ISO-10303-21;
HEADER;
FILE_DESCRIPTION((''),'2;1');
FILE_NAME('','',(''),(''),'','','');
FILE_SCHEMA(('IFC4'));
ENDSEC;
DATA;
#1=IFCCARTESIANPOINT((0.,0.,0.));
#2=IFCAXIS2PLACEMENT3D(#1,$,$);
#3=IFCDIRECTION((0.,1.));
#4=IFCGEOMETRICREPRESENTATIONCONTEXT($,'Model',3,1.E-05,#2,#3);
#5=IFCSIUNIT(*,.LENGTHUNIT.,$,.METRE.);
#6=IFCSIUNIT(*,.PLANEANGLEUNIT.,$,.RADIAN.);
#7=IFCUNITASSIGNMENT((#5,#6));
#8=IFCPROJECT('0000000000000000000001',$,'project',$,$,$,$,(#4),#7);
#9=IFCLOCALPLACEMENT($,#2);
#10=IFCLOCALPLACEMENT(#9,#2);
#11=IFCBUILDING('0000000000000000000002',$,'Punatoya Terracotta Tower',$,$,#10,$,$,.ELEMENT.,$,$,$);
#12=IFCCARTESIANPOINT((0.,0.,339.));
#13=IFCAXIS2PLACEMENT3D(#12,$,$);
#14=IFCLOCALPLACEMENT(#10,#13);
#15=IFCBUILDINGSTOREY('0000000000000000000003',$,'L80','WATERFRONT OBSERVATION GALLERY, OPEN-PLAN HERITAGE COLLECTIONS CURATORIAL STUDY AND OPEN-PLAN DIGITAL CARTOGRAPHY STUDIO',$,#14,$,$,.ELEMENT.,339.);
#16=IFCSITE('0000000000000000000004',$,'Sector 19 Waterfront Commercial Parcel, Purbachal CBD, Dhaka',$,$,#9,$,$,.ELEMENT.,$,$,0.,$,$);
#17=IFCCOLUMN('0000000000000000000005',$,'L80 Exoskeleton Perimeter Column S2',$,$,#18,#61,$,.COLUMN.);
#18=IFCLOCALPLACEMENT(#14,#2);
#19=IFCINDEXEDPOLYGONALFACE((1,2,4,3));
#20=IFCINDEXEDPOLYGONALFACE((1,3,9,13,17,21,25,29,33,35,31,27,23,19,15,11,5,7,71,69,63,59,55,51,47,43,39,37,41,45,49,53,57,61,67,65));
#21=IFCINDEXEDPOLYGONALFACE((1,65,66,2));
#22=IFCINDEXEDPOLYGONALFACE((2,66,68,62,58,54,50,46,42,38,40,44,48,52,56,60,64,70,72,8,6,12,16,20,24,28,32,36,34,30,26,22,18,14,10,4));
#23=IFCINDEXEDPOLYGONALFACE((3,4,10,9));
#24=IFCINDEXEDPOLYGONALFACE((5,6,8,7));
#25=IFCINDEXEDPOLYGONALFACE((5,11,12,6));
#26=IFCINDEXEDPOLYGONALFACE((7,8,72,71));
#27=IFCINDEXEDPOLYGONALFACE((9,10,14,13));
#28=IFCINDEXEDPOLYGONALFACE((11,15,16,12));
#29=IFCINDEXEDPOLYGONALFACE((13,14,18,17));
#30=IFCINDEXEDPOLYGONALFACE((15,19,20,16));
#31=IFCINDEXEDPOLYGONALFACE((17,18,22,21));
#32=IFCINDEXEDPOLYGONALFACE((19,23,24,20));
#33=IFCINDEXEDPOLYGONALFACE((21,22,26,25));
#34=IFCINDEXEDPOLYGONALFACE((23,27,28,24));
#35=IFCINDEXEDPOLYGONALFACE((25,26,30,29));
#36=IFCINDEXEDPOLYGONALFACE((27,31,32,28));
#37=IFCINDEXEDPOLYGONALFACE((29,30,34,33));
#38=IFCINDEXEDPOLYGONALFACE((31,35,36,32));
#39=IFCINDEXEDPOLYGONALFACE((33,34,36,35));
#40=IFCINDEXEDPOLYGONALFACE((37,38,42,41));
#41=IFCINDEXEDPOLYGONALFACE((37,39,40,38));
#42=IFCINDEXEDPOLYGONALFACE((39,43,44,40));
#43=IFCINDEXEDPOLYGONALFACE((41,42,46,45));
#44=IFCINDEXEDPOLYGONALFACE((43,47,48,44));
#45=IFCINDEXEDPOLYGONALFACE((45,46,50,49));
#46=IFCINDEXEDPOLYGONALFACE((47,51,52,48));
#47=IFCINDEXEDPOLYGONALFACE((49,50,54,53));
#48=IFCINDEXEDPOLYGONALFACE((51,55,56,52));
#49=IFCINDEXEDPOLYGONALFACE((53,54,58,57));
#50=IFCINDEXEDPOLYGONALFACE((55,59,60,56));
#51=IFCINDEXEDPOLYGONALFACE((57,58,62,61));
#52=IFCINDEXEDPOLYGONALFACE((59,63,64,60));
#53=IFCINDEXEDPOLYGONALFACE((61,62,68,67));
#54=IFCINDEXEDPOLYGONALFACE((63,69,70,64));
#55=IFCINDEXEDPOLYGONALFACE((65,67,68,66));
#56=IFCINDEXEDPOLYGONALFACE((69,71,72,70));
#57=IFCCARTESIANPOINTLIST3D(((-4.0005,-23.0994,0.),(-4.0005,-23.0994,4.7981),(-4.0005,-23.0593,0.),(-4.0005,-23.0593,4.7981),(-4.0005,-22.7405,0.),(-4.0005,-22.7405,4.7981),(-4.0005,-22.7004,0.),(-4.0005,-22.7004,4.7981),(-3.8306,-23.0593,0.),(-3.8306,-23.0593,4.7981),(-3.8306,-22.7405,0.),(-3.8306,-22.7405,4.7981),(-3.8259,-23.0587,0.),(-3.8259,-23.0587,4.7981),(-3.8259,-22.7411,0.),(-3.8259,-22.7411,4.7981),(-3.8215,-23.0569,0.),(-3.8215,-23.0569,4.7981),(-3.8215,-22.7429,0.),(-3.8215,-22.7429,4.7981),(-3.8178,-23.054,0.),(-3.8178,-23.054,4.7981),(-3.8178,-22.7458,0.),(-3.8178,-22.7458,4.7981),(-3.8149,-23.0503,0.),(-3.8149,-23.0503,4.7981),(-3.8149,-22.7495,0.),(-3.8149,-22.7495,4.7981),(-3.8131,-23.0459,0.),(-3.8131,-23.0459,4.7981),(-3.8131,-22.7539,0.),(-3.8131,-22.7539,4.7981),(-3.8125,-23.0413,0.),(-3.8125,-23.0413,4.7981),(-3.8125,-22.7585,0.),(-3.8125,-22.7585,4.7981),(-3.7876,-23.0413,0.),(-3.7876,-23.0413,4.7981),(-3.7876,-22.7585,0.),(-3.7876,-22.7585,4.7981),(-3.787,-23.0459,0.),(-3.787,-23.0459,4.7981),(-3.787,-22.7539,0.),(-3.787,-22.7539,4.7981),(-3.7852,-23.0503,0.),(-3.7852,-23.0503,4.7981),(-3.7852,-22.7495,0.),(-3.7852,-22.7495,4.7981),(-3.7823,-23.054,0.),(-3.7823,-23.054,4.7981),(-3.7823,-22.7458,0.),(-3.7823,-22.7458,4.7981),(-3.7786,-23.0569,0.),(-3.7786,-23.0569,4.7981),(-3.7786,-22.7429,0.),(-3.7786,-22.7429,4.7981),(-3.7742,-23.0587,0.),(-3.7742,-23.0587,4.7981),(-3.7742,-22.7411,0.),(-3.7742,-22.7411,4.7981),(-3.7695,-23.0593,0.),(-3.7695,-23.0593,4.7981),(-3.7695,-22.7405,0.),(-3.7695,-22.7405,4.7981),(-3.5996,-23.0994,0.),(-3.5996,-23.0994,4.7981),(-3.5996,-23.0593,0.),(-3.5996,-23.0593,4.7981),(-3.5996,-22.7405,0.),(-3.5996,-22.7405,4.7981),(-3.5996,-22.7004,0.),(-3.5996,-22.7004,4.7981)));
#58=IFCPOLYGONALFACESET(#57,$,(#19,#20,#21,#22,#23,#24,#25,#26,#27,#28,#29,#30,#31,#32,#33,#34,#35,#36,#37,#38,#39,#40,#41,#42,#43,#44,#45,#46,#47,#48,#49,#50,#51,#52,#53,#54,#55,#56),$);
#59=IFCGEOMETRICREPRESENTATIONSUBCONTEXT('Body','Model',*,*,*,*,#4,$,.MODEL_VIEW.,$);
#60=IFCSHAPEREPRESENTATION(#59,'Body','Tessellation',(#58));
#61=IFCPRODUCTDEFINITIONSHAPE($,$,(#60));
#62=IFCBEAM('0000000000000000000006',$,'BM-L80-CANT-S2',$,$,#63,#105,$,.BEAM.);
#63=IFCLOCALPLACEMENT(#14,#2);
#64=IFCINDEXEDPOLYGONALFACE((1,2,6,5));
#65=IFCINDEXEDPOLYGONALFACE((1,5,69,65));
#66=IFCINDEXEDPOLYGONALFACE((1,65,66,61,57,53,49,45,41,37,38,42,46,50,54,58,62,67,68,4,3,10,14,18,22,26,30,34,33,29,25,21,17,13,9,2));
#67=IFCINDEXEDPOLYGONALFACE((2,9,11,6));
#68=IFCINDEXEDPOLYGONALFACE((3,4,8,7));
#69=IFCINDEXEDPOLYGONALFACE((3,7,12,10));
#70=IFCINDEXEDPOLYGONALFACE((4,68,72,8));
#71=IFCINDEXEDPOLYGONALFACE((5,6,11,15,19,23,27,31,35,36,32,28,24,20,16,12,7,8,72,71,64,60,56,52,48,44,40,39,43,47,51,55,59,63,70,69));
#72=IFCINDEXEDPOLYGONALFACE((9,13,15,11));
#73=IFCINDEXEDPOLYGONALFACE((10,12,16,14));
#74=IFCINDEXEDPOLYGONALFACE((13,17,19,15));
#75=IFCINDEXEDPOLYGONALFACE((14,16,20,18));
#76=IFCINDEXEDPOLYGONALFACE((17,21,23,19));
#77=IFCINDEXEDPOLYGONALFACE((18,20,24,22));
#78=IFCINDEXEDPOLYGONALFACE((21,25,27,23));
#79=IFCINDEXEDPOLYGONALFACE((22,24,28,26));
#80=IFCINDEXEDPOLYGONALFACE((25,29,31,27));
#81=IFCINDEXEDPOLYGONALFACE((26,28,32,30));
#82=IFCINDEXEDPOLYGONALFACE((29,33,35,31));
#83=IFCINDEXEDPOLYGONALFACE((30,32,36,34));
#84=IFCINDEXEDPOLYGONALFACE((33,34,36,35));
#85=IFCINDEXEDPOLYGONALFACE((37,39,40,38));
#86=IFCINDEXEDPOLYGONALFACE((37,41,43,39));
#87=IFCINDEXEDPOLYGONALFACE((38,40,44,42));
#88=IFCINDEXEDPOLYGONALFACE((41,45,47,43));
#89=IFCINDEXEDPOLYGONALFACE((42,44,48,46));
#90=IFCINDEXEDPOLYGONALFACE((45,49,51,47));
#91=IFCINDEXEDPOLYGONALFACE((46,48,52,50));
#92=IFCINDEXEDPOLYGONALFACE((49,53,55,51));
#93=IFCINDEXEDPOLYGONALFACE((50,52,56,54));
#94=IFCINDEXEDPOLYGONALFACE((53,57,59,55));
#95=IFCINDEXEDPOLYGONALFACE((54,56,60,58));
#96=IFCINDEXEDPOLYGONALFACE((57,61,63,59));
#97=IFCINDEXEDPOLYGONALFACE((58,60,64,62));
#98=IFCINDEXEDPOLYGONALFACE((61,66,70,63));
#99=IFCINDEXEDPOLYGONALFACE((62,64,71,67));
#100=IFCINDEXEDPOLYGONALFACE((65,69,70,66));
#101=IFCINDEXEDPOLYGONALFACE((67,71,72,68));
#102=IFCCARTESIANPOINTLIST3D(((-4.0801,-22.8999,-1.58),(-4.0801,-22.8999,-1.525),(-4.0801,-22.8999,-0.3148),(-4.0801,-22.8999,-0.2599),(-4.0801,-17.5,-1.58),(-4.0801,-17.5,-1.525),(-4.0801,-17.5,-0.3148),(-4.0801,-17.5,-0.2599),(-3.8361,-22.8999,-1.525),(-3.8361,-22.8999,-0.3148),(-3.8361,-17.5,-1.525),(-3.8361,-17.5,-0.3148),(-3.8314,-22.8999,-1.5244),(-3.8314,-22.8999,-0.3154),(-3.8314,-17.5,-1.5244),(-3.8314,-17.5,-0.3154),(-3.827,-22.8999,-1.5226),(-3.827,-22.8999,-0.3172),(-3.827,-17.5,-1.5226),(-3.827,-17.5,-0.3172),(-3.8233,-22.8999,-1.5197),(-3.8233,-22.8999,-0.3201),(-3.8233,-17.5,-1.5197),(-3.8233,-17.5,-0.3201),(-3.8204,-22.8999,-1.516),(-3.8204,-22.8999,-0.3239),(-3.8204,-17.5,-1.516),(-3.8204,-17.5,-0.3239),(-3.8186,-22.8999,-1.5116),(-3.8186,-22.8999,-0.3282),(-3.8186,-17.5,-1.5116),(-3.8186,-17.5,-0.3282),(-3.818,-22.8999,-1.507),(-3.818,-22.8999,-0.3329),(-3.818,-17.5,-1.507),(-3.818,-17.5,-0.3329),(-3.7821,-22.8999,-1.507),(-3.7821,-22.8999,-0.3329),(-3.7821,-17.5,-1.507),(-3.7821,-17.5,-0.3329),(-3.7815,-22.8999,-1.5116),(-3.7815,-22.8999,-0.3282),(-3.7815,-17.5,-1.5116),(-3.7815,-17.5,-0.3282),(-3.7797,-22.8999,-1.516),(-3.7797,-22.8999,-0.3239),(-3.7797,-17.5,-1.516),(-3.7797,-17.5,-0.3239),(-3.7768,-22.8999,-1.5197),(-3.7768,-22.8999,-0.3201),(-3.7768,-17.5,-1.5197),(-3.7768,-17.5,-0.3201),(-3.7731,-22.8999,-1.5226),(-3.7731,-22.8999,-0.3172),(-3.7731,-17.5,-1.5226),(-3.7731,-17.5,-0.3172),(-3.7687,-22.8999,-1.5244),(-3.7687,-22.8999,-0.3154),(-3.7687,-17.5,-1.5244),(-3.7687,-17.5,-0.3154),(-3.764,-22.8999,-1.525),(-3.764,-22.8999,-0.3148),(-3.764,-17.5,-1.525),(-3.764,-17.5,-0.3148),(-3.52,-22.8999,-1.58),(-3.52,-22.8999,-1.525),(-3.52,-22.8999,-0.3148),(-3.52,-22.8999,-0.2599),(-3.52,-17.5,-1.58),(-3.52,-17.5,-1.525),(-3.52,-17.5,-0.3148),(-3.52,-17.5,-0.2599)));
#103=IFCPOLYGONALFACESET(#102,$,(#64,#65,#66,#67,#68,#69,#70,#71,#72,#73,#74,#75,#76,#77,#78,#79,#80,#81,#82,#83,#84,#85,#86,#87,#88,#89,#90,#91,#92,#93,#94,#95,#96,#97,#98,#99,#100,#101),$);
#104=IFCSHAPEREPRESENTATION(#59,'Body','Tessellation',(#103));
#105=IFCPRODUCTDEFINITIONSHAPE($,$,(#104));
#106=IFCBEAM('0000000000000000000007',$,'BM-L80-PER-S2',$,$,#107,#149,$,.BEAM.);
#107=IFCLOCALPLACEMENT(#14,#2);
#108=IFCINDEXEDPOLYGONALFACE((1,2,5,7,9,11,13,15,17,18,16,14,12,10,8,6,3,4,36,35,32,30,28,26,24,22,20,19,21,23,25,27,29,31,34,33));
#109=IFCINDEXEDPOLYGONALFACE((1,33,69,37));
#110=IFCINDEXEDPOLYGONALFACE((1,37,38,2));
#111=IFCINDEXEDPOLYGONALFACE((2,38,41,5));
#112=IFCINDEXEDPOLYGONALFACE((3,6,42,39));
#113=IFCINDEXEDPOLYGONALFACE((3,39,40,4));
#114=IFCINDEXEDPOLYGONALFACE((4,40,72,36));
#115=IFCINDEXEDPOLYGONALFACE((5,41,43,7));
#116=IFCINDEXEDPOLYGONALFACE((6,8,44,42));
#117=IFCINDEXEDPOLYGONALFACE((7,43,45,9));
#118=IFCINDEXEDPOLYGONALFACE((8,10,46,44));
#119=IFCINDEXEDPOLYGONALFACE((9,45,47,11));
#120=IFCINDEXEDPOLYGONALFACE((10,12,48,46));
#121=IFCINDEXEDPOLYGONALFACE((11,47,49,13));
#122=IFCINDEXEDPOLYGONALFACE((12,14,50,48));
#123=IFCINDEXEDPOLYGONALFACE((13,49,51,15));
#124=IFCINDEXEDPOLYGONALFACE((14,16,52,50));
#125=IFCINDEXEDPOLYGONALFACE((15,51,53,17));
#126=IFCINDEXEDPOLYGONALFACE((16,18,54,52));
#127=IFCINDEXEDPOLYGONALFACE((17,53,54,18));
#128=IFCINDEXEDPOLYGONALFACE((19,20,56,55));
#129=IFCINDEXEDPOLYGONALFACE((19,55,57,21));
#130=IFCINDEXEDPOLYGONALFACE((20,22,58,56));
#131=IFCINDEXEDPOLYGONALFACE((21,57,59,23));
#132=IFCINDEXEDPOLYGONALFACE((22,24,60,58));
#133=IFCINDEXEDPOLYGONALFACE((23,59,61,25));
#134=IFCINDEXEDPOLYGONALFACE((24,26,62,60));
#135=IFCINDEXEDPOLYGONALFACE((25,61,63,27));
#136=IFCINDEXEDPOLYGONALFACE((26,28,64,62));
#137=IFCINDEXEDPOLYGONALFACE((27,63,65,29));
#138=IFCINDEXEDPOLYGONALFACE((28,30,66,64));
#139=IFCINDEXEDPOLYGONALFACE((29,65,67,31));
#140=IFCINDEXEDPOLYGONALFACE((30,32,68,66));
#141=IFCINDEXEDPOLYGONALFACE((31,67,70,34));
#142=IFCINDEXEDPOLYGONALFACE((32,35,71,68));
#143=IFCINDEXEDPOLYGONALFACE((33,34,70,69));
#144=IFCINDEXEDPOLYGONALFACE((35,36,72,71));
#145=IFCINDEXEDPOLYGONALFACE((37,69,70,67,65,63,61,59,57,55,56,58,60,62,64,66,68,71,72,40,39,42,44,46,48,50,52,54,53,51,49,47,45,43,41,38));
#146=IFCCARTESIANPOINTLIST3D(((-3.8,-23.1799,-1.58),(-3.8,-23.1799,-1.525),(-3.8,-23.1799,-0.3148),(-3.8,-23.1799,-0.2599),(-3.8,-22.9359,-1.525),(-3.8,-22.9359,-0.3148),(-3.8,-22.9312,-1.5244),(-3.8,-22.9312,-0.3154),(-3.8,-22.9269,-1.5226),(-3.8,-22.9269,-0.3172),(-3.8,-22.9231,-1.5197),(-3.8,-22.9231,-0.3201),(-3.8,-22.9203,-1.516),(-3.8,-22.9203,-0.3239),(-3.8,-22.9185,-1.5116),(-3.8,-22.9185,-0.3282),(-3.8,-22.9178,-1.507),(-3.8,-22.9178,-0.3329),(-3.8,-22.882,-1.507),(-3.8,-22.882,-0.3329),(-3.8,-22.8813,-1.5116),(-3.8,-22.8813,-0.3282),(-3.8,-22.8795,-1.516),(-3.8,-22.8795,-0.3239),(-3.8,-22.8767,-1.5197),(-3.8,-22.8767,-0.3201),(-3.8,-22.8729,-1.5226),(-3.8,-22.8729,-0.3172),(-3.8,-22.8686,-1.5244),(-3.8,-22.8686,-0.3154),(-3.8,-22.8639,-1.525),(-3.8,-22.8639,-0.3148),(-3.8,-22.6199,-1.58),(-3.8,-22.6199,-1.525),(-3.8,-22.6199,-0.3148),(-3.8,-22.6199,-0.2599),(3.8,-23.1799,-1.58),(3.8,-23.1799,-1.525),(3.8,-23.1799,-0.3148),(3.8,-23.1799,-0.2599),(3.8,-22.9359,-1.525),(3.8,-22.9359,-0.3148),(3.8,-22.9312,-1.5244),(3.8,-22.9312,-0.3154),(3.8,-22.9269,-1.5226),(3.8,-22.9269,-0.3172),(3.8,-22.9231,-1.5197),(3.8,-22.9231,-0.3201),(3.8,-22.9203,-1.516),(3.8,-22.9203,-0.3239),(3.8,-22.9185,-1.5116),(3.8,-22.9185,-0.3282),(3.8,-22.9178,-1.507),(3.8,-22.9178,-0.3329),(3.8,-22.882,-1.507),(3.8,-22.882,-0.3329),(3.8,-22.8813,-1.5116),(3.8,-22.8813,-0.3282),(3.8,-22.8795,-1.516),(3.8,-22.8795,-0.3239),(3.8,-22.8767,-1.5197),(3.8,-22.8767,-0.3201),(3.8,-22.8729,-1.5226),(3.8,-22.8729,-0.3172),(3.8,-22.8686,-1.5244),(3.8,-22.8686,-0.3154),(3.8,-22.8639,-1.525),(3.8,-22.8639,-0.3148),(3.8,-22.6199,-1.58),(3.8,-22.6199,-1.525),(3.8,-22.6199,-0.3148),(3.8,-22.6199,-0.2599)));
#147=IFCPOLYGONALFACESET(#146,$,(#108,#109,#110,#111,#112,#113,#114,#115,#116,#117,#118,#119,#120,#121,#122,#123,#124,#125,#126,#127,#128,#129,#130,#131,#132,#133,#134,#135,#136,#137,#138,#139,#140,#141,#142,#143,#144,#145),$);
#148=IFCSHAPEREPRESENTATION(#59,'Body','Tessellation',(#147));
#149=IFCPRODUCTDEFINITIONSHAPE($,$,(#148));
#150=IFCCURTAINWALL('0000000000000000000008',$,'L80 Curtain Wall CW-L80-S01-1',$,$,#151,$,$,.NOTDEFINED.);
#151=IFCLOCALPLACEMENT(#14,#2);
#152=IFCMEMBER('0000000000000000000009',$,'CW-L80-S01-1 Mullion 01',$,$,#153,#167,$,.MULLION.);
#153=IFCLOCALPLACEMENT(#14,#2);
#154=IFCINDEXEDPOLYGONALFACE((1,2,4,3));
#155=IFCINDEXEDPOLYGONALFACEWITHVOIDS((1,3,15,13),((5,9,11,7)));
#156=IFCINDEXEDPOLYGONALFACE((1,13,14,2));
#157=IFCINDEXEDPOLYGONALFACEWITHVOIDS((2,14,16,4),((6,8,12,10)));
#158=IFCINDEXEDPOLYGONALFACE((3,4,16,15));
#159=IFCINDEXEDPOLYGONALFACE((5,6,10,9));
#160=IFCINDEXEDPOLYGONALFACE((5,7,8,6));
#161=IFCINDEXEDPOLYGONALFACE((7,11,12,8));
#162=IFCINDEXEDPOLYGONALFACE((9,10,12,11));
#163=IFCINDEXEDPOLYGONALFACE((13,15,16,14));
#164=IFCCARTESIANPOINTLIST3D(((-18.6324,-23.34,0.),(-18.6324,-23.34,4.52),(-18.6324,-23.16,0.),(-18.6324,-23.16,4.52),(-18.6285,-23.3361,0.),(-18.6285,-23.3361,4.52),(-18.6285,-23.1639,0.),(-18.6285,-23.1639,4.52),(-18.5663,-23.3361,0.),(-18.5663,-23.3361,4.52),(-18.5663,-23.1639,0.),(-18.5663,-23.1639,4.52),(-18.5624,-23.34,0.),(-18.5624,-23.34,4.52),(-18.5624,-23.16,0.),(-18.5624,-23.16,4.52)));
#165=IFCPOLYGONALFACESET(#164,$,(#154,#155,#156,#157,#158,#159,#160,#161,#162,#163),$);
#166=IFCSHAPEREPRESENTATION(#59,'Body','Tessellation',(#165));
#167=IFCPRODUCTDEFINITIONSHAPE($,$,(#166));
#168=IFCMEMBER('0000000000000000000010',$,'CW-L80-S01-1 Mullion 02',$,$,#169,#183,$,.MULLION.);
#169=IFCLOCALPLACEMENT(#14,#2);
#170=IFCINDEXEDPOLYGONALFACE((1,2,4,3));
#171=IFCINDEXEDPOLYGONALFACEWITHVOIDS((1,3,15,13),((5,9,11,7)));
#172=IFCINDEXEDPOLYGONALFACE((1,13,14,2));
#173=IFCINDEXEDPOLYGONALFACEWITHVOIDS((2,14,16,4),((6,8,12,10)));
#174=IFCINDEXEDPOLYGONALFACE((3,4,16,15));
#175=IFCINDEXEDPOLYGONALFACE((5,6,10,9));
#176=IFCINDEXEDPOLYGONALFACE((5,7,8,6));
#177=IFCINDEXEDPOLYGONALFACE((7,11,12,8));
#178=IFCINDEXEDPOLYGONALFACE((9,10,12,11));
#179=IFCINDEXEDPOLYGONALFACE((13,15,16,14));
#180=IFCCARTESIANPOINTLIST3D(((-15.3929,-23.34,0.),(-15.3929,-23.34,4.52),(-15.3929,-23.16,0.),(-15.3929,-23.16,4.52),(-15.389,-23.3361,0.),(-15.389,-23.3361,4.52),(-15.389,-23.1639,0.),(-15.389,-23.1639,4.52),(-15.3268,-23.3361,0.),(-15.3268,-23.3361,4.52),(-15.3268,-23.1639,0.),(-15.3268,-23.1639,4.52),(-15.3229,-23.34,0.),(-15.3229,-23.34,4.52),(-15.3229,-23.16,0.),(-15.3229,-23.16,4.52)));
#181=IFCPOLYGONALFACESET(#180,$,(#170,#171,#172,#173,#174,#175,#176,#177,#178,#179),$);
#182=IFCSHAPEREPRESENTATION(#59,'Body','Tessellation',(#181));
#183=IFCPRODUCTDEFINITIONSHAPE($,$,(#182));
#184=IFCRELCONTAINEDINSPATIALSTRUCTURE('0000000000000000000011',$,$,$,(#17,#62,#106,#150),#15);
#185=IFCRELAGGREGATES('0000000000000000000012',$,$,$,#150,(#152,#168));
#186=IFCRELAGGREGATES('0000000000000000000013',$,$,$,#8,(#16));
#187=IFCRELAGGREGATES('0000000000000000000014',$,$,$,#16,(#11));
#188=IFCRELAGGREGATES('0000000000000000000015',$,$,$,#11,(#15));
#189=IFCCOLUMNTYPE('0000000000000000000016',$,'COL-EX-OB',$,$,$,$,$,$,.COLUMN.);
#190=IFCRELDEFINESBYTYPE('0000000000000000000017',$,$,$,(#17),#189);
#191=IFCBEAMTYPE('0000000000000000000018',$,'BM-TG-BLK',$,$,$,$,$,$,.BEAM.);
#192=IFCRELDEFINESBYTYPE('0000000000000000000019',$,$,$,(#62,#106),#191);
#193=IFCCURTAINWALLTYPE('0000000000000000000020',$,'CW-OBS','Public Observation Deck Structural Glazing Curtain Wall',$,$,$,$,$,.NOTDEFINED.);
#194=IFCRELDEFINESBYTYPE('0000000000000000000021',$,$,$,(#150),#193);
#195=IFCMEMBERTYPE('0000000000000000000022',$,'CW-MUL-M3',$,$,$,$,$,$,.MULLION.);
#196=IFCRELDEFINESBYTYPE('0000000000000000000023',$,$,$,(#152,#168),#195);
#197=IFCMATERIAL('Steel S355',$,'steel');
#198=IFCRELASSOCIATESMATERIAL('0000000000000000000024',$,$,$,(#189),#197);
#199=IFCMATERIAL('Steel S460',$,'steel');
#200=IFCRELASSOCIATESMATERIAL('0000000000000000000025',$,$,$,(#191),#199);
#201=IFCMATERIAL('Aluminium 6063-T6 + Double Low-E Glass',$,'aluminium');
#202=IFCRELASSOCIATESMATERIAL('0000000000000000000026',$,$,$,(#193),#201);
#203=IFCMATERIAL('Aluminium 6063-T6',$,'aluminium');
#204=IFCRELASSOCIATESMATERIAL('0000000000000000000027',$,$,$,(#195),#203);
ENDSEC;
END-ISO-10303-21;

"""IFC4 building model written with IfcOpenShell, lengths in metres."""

from ifc_helpers import new_model, si_unit, direction, frame, origin, origin_2d, place, context, subcontext, project, spatial, hollow_rectangle, i_section, extrude, material, material_profile, profile_set, type_object, element, aggregate, save


model = new_model("IFC4")

# Units and contexts
model_context = context("Model", 3, precision=1e-05, world=origin(), true_north=direction((0.0, 1.0)))
body_context = subcontext(model_context, "Body", "Model", "MODEL_VIEW")
ifc_project = project(units=[si_unit("LENGTHUNIT", "METRE"), si_unit("PLANEANGLEUNIT", "RADIAN")], contexts=[model_context])

# Site, building, storey
site_placement = place(None, origin())
site = spatial("IfcSite", under=ifc_project, at=site_placement, Name="Sector 19 Waterfront Commercial Parcel, Purbachal CBD, Dhaka", CompositionType="ELEMENT", RefElevation=0.0)
building_placement = place(site_placement, origin())
building = spatial("IfcBuilding", under=site, at=building_placement, Name="Punatoya Terracotta Tower", CompositionType="ELEMENT")
storey_placement = place(building_placement, frame((0.0, 0.0, 339.0)))
storey = spatial("IfcBuildingStorey", under=building, at=storey_placement, Name="L80", Description="WATERFRONT OBSERVATION GALLERY, OPEN-PLAN HERITAGE COLLECTIONS CURATORIAL STUDY AND OPEN-PLAN DIGITAL CARTOGRAPHY STUDIO", CompositionType="ELEMENT", Elevation=339.0)

# Column
ifc_material_1 = material(Name="Steel S355", Category="steel")
ifc_material_profile_1 = material_profile(ifc_material_1, i_section(OverallWidth=0.4009, OverallDepth=0.3989, WebThickness=0.0249, FlangeThickness=0.04, FilletRadius=0.0181, at=origin_2d()))
ifc_profile_set_1 = profile_set([ifc_material_profile_1], Name="Steel S355")
column_type = type_object("IfcColumnType", Name="COL-EX-OB", PredefinedType="COLUMN", material=ifc_profile_set_1)
column_placement = place(storey_placement, frame((-3.8, -22.8999, 0.0), z_axis=(0.0, 0.0, 1.0), x_axis=(1.0, 0.0, 0.0)))
element("IfcColumn", 1, at=column_placement, inside=storey, type_object=column_type, Name="L80 Exoskeleton Perimeter Column S2", PredefinedType="COLUMN", context=body_context, shape_type="SweptSolid", body=[
    extrude(i_section(OverallWidth=0.4009, OverallDepth=0.3989, WebThickness=0.0249, FlangeThickness=0.04, FilletRadius=0.0181, at=origin_2d()), origin(), (0.0, 0.0, 1.0), 4.7981),
])

# Beams
ifc_material_2 = material(Name="Steel S460", Category="steel")
ifc_material_profile_2 = material_profile(ifc_material_2, i_section(OverallWidth=0.5601, OverallDepth=1.3201, WebThickness=0.0359, FlangeThickness=0.0549, FilletRadius=0.0181, at=origin_2d()))
ifc_profile_set_2 = profile_set([ifc_material_profile_2], Name="Steel S460")
beam_type = type_object("IfcBeamType", Name="BM-TG-BLK", PredefinedType="BEAM", material=ifc_profile_set_2)
beam_1_placement = place(storey_placement, frame((-3.8, -22.8999, -0.9199), z_axis=(0.0, 1.0, 0.0), x_axis=(-1.0, 0.0, 0.0)))
element("IfcBeam", 2, at=beam_1_placement, inside=storey, type_object=beam_type, Name="BM-L80-CANT-S2", PredefinedType="BEAM", context=body_context, shape_type="SweptSolid", body=[
    extrude(i_section(OverallWidth=0.5601, OverallDepth=1.3201, WebThickness=0.0359, FlangeThickness=0.0549, FilletRadius=0.0181, at=origin_2d()), origin(), (0.0, 0.0, 1.0), 5.3999),
])
beam_2_placement = place(storey_placement, frame((-3.8, -22.8999, -0.9199), z_axis=(1.0, 0.0, 0.0), x_axis=(0.0, 1.0, 0.0)))
element("IfcBeam", 3, at=beam_2_placement, inside=storey, type_object=beam_type, Name="BM-L80-PER-S2", PredefinedType="BEAM", context=body_context, shape_type="SweptSolid", body=[
    extrude(i_section(OverallWidth=0.5601, OverallDepth=1.3201, WebThickness=0.0359, FlangeThickness=0.0549, FilletRadius=0.0181, at=origin_2d()), origin(), (0.0, 0.0, 1.0), 7.6001),
])

# Curtain wall, members
ifc_material_3 = material(Name="Aluminium 6063-T6 + Double Low-E Glass", Category="aluminium")
curtain_wall_type = type_object("IfcCurtainWallType", Name="CW-OBS", Description="Public Observation Deck Structural Glazing Curtain Wall", PredefinedType="NOTDEFINED", material=ifc_material_3)
curtain_wall_placement = place(storey_placement, origin())
curtain_wall = element("IfcCurtainWall", 4, at=curtain_wall_placement, inside=storey, type_object=curtain_wall_type, Name="L80 Curtain Wall CW-L80-S01-1", PredefinedType="NOTDEFINED")
ifc_material_4 = material(Name="Aluminium 6063-T6", Category="aluminium")
ifc_material_profile_3 = material_profile(ifc_material_4, hollow_rectangle(XDim=0.0701, YDim=0.1799, WallThickness=0.0039, at=origin_2d()))
ifc_profile_set_3 = profile_set([ifc_material_profile_3], Name="Aluminium 6063-T6")
member_type_1 = type_object("IfcMemberType", Name="CW-MUL-M3", PredefinedType="MULLION", material=ifc_profile_set_3)
member_1_placement = place(storey_placement, frame((-18.5974, -23.25, 0.0), z_axis=(0.0, 0.0, 1.0), x_axis=(1.0, 0.0, 0.0)))
member_1 = element("IfcMember", 5, at=member_1_placement, type_object=member_type_1, Name="CW-L80-S01-1 Mullion 01", PredefinedType="MULLION", context=body_context, shape_type="SweptSolid", body=[
    extrude(hollow_rectangle(XDim=0.0701, YDim=0.1799, WallThickness=0.0039, at=origin_2d()), origin(), (0.0, 0.0, 1.0), 4.52),
])
member_2_placement = place(storey_placement, frame((-15.3579, -23.25, 0.0), z_axis=(0.0, 0.0, 1.0), x_axis=(1.0, 0.0, 0.0)))
member_2 = element("IfcMember", 6, at=member_2_placement, type_object=member_type_1, Name="CW-L80-S01-1 Mullion 02", PredefinedType="MULLION", context=body_context, shape_type="SweptSolid", body=[
    extrude(hollow_rectangle(XDim=0.0701, YDim=0.1799, WallThickness=0.0039, at=origin_2d()), origin(), (0.0, 0.0, 1.0), 4.52),
])

aggregate(curtain_wall, [member_1, member_2])

save(model, "model.ifc")
